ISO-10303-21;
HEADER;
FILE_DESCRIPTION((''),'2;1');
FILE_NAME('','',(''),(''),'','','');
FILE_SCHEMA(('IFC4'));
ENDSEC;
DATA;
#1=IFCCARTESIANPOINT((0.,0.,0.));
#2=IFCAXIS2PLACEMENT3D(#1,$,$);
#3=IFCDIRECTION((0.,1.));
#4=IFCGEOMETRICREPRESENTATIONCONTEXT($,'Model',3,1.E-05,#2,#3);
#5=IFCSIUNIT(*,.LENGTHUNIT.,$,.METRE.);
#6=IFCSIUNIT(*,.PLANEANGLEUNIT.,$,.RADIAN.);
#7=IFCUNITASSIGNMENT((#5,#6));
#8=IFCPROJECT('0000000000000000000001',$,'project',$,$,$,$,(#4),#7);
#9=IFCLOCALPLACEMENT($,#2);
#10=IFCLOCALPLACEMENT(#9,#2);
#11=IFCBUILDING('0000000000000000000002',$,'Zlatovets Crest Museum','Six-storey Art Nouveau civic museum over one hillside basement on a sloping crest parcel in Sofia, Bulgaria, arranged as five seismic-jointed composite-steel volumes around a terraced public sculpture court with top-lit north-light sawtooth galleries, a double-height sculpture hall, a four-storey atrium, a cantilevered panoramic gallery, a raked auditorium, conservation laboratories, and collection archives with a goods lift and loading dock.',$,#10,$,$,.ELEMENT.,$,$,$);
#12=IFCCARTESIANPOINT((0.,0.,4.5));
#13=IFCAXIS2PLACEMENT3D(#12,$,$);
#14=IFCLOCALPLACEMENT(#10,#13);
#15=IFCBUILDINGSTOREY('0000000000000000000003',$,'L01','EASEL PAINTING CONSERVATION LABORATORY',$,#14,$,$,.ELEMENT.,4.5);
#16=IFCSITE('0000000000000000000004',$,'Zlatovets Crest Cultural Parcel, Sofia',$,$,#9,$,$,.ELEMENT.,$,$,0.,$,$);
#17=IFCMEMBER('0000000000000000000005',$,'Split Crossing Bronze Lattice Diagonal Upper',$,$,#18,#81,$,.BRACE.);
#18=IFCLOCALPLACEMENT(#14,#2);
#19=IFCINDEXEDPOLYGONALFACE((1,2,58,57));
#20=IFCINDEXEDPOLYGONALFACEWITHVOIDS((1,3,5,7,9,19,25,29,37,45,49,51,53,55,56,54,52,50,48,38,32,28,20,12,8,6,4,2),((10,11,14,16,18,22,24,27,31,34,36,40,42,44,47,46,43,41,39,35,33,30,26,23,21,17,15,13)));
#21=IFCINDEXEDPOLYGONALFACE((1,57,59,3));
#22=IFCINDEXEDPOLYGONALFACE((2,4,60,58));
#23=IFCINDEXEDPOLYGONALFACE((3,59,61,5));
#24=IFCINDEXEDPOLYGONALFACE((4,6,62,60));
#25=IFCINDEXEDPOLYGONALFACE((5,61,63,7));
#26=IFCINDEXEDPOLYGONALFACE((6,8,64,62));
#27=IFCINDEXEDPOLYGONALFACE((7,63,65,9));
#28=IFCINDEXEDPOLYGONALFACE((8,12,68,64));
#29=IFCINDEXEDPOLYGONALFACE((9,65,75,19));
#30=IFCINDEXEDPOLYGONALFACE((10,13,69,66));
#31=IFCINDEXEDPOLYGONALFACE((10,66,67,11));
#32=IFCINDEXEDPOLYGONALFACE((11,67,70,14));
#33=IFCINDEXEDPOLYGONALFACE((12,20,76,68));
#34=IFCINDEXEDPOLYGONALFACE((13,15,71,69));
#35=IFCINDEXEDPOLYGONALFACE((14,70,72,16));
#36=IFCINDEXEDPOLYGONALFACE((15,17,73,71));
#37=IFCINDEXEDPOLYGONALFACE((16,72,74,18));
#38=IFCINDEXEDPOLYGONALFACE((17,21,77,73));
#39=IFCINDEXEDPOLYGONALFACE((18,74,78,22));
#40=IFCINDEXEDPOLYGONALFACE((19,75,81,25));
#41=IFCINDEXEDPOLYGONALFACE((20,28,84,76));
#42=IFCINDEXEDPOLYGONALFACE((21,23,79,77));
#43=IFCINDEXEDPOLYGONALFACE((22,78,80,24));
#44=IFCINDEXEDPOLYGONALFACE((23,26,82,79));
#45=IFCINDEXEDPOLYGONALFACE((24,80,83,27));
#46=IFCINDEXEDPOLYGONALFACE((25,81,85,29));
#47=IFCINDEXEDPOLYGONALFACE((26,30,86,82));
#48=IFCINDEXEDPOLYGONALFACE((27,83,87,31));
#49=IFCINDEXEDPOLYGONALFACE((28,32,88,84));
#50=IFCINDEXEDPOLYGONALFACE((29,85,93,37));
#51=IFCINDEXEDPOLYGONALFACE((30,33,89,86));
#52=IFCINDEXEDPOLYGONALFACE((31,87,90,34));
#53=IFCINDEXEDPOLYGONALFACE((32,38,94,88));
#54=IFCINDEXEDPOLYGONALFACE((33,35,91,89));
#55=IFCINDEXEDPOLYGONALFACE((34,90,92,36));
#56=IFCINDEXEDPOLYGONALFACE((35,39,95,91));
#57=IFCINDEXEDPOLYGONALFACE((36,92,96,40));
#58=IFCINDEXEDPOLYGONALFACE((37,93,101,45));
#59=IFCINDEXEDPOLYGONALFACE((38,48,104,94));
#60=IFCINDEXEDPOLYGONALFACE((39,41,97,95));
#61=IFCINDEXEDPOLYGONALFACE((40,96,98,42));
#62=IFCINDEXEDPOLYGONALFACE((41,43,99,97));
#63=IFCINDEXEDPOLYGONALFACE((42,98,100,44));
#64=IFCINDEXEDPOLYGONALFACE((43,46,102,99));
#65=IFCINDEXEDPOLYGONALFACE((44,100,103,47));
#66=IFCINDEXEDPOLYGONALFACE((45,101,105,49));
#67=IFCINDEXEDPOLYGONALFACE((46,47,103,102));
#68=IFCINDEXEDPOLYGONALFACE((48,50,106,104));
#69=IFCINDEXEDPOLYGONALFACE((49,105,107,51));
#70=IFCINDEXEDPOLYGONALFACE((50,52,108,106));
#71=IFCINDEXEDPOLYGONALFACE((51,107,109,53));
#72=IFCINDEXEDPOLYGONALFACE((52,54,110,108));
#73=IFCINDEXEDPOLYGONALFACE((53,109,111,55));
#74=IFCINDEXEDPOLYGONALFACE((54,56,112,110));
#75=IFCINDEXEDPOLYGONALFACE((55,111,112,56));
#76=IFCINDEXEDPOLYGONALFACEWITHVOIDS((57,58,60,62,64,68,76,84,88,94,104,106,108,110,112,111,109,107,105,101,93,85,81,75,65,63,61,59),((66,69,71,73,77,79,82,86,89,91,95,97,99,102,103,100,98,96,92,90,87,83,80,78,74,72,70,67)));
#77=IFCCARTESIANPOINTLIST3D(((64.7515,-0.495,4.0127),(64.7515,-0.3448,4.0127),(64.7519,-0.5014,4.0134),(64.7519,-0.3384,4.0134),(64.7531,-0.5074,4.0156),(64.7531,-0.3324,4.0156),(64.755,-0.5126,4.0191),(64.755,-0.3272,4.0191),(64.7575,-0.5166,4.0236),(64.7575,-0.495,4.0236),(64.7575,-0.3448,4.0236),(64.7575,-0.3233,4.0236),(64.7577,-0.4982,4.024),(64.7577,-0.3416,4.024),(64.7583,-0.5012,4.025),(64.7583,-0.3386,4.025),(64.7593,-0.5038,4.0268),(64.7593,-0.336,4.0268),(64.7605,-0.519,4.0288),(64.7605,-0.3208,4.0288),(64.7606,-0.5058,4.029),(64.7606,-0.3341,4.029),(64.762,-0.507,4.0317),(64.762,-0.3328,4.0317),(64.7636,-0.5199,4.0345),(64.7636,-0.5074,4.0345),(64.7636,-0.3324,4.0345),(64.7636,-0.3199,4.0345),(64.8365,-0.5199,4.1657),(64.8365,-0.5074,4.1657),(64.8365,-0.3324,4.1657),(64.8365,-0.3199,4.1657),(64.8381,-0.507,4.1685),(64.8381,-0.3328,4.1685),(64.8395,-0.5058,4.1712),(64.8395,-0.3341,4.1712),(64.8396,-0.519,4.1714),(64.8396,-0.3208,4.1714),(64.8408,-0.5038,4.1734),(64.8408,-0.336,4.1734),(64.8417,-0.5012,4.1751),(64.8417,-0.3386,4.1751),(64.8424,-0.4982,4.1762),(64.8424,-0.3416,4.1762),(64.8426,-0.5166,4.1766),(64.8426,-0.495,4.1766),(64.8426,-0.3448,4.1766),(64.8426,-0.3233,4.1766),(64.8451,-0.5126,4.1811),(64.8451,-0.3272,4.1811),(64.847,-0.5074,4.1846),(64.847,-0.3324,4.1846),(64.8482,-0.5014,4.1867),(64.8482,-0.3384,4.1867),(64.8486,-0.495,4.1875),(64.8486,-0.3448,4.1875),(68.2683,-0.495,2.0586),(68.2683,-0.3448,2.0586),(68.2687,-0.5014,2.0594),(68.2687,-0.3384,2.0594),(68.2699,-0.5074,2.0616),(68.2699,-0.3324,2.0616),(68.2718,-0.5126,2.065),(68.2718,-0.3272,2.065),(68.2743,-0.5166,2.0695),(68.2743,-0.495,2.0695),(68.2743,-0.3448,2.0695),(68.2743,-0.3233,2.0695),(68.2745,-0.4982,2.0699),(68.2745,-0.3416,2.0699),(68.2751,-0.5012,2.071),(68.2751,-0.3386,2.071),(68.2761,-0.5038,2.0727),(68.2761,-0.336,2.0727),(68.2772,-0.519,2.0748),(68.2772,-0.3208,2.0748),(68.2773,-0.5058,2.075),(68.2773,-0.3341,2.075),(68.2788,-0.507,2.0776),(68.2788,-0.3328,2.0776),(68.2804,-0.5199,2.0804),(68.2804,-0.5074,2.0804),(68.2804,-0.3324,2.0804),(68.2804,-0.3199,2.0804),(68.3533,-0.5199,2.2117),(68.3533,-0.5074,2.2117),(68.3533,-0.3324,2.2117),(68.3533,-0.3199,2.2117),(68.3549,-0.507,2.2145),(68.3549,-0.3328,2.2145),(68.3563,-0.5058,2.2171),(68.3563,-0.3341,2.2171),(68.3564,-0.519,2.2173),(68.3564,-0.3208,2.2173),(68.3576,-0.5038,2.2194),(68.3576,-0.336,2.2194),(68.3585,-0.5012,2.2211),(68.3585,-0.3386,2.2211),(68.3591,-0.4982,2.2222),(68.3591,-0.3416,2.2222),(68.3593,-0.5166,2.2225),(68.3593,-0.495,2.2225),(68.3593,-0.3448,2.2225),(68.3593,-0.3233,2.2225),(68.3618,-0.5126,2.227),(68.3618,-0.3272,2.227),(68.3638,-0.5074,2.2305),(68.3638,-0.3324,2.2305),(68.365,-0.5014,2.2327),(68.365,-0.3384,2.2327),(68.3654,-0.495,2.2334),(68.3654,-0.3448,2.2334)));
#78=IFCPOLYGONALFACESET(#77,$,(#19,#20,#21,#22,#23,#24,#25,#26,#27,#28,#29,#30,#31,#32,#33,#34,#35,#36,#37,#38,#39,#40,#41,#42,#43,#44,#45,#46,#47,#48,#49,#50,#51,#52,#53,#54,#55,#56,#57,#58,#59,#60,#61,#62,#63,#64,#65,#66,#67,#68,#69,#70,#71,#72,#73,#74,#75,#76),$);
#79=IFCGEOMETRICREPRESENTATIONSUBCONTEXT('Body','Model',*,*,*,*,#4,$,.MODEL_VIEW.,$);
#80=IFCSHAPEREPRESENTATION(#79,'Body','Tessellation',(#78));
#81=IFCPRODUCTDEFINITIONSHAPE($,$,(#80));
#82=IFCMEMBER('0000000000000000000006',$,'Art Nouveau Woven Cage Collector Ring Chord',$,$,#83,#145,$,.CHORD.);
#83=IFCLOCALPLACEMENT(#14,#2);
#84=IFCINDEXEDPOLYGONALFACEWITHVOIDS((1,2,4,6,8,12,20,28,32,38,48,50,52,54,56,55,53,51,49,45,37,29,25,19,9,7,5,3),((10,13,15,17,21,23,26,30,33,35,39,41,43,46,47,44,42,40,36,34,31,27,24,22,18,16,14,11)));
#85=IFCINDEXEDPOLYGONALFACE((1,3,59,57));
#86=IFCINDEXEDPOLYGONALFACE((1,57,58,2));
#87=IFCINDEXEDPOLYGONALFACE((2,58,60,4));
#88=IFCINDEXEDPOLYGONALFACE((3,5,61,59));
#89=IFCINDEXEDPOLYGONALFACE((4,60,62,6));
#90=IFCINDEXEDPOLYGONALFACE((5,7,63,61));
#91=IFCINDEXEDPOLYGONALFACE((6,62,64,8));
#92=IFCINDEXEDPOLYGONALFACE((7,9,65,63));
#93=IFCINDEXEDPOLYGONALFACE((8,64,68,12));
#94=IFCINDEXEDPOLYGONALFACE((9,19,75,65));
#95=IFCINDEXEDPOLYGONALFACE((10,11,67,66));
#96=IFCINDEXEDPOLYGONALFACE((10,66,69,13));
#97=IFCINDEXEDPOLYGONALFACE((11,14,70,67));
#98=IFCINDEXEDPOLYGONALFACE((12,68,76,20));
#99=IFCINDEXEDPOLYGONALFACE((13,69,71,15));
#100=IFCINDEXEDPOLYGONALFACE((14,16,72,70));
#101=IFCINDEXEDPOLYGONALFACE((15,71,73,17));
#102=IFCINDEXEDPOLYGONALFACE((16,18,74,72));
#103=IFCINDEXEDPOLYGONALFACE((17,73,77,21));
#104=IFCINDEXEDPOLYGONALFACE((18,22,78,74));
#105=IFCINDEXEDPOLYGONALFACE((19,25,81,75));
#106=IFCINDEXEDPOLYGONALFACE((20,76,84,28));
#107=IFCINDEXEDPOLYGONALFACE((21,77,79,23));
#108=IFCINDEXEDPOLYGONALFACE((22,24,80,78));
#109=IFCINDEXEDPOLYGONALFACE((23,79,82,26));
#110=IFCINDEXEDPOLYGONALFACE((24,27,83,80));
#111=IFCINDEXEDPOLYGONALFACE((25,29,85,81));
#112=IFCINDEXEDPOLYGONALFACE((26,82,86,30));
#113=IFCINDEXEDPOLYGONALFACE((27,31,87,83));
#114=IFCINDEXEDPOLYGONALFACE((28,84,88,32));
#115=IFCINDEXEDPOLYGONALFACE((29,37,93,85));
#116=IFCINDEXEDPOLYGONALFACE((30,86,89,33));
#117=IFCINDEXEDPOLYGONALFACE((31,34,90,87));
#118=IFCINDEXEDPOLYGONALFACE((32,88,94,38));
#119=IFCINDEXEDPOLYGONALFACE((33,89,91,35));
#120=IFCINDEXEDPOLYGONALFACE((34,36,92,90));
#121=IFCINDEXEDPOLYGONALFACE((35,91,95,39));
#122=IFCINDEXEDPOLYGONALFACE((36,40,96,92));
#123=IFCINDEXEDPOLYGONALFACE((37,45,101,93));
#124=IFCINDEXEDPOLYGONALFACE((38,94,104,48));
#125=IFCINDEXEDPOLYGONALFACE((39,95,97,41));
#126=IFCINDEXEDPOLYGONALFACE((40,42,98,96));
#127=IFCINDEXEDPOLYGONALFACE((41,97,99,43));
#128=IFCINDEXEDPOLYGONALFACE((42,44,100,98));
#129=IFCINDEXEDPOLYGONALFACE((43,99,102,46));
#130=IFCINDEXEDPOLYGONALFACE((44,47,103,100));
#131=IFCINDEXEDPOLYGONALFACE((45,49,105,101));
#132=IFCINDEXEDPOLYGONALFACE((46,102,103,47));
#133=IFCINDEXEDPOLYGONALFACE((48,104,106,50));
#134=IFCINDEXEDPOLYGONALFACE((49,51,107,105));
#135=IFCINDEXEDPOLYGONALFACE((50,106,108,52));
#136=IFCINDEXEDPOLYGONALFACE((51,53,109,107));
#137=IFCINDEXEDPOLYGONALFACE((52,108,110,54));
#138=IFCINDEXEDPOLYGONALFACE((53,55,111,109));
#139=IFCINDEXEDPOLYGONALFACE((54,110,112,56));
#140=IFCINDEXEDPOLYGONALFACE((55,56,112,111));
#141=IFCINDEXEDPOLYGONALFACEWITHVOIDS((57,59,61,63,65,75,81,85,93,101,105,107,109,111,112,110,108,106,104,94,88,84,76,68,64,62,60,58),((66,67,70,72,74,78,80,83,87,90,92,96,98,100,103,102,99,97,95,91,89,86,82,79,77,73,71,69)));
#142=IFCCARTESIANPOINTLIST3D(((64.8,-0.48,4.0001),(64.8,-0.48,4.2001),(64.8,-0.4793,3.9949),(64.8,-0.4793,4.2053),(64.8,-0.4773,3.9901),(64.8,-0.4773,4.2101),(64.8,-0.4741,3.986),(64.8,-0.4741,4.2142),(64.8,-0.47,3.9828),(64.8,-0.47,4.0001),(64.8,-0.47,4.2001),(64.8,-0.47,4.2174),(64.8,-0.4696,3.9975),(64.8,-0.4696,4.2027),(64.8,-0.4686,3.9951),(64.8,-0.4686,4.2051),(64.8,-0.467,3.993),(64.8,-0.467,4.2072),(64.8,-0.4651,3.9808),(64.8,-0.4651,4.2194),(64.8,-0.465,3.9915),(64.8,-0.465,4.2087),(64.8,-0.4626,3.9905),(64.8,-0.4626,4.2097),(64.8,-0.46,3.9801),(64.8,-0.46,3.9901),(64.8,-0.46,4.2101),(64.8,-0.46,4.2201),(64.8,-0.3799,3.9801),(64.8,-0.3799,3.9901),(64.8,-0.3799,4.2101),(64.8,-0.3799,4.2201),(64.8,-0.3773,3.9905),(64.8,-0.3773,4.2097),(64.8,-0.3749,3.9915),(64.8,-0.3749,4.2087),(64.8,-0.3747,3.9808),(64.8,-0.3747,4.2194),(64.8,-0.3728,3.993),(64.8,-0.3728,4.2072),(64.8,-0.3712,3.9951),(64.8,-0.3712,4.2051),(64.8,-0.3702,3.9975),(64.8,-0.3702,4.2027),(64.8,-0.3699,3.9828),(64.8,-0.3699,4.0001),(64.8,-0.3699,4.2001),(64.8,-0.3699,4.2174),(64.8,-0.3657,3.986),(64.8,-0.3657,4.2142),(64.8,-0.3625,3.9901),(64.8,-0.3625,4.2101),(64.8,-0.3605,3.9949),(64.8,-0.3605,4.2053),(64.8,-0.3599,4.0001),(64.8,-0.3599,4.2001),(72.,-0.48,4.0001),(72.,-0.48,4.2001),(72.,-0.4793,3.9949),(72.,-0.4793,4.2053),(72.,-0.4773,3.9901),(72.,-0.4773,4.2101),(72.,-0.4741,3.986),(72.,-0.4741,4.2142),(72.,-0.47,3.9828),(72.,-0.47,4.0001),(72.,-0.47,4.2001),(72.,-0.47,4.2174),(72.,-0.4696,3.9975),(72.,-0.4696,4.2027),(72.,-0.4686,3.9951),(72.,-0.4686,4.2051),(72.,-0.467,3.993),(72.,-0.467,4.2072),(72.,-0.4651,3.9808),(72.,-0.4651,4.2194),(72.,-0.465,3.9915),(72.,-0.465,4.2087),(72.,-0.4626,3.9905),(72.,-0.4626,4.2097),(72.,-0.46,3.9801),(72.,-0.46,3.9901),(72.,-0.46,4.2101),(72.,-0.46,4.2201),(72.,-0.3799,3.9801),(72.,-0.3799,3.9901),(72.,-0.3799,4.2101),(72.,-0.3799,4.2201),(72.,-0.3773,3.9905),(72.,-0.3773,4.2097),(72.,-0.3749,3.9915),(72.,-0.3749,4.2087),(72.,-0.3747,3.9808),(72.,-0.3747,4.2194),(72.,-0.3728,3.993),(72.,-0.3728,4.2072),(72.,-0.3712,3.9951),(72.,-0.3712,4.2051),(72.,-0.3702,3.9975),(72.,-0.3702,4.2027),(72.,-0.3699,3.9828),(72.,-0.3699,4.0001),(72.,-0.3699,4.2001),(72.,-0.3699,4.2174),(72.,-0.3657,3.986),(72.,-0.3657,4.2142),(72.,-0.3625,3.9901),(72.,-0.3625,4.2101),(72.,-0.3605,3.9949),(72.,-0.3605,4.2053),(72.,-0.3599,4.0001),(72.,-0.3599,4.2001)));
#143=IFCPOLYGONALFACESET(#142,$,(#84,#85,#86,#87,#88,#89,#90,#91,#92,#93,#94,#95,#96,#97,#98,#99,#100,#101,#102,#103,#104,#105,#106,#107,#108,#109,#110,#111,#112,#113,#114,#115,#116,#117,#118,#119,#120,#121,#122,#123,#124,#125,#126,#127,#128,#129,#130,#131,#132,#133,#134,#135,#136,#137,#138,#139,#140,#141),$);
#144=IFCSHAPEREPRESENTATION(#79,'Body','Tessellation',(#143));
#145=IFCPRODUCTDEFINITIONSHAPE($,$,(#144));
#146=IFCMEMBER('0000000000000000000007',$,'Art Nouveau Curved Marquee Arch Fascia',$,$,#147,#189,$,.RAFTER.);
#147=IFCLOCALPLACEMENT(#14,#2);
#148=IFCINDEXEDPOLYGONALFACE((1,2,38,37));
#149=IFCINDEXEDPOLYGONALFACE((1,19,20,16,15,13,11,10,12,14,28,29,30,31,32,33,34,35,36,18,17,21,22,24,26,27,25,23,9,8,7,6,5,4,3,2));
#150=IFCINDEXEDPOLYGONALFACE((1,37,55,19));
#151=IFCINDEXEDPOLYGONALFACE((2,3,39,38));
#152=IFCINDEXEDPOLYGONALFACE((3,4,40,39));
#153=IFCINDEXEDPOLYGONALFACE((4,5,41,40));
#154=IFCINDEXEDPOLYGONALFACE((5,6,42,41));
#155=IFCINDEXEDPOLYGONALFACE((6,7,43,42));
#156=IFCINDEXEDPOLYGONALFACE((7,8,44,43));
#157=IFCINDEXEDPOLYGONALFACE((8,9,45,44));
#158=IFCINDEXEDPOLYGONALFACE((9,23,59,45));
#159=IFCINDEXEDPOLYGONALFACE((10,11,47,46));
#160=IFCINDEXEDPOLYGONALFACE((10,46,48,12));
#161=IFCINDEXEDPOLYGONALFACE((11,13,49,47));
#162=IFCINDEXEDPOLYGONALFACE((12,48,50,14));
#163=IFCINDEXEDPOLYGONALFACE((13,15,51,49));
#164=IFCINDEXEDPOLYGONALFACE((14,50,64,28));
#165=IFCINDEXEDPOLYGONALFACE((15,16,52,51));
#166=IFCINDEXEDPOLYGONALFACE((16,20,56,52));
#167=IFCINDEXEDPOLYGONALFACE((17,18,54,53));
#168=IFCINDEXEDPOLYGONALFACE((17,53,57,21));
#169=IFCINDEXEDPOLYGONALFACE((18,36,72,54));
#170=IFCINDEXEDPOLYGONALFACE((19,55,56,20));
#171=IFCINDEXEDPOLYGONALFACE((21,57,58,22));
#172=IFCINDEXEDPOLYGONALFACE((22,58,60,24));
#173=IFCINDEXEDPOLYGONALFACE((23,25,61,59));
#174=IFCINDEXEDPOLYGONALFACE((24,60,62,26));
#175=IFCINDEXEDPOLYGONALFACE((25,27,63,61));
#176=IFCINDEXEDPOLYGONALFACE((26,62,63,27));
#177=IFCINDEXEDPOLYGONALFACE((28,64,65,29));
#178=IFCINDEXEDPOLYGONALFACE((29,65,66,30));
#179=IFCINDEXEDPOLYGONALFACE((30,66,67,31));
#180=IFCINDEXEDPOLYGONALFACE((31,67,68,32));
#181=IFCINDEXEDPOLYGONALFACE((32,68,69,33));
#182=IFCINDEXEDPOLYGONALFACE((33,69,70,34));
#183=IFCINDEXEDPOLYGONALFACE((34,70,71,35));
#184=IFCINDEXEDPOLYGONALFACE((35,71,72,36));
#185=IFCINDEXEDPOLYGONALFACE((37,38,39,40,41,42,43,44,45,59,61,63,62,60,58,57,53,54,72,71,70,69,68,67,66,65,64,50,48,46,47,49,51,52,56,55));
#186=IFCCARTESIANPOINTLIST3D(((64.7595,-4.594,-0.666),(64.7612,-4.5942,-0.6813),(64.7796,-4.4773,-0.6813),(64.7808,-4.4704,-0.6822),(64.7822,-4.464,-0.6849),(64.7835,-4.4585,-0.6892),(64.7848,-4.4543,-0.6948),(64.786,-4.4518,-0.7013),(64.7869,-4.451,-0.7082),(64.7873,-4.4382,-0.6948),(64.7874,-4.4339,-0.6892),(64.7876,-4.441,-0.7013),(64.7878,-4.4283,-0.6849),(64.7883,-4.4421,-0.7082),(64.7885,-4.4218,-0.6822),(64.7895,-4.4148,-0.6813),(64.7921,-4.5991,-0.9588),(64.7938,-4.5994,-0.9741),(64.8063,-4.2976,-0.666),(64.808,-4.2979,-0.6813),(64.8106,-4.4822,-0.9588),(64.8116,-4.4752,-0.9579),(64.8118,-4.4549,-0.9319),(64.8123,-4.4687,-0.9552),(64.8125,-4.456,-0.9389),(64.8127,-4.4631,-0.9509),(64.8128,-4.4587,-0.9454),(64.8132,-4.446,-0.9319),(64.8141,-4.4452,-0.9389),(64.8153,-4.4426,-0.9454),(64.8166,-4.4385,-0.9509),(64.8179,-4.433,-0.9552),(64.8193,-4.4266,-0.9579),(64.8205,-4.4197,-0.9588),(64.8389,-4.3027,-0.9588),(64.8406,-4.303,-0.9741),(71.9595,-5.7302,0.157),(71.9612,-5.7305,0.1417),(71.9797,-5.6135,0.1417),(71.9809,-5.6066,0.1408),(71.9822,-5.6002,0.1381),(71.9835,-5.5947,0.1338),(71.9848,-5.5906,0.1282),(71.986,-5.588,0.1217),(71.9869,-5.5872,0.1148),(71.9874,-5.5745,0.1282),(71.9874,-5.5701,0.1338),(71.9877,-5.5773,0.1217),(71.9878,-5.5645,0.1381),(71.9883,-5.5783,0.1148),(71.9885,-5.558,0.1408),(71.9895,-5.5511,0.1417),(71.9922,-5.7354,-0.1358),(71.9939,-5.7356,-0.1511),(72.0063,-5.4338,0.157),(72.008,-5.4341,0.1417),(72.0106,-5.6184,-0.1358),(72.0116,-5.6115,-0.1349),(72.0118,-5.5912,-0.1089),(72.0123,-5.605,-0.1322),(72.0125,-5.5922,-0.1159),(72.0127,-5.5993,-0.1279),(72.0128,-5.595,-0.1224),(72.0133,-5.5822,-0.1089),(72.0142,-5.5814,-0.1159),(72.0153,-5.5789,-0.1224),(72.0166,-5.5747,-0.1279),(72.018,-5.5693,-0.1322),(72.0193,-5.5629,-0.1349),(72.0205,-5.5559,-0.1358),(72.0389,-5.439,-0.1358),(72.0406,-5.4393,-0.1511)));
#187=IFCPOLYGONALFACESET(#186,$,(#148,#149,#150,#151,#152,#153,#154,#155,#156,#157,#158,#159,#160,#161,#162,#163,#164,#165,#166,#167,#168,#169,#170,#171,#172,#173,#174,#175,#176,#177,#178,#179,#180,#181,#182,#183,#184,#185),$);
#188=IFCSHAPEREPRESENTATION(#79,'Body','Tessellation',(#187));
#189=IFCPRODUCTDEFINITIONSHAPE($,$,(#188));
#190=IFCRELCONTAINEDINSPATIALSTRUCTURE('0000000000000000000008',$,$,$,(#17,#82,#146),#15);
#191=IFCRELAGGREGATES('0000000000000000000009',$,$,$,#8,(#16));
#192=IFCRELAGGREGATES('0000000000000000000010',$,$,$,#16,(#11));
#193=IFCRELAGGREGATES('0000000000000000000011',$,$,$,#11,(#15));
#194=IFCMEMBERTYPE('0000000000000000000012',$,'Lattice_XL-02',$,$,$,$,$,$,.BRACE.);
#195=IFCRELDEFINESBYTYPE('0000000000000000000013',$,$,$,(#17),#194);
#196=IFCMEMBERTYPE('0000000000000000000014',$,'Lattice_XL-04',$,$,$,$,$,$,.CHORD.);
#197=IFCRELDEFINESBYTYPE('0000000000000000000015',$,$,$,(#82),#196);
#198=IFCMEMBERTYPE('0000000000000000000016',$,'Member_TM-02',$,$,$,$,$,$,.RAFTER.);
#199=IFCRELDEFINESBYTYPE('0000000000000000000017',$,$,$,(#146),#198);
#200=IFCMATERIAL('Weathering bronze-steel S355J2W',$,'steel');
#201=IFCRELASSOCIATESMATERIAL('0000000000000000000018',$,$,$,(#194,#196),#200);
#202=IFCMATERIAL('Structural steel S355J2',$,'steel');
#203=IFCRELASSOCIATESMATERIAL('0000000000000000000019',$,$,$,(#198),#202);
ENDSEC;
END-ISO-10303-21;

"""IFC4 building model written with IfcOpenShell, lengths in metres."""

from ifc_helpers import new_model, si_unit, direction, frame, origin, origin_2d, place, context, subcontext, project, spatial, hollow_rectangle, i_section, extrude, material, material_profile, profile_set, type_object, element, save


model = new_model("IFC4")

# Units and contexts
model_context = context("Model", 3, precision=1e-05, world=origin(), true_north=direction((0.0, 1.0)))
body_context = subcontext(model_context, "Body", "Model", "MODEL_VIEW")
ifc_project = project(units=[si_unit("LENGTHUNIT", "METRE"), si_unit("PLANEANGLEUNIT", "RADIAN")], contexts=[model_context])

# Site, building, storey
site_placement = place(None, origin())
site = spatial("IfcSite", under=ifc_project, at=site_placement, Name="Zlatovets Crest Cultural Parcel, Sofia", CompositionType="ELEMENT", RefElevation=0.0)
building_placement = place(site_placement, origin())
building = spatial("IfcBuilding", under=site, at=building_placement, Name="Zlatovets Crest Museum", Description="Six-storey Art Nouveau civic museum over one hillside basement on a sloping crest parcel in Sofia, Bulgaria, arranged as five seismic-jointed composite-steel volumes around a terraced public sculpture court with top-lit north-light sawtooth galleries, a double-height sculpture hall, a four-storey atrium, a cantilevered panoramic gallery, a raked auditorium, conservation laboratories, and collection archives with a goods lift and loading dock.", CompositionType="ELEMENT")
storey_placement = place(building_placement, frame((0.0, 0.0, 4.5)))
storey = spatial("IfcBuildingStorey", under=building, at=storey_placement, Name="L01", Description="EASEL PAINTING CONSERVATION LABORATORY", CompositionType="ELEMENT", Elevation=4.5)

# Members
ifc_material_1 = material(Name="Weathering bronze-steel S355J2W", Category="steel")
ifc_material_profile_1 = material_profile(ifc_material_1, hollow_rectangle(XDim=0.2, YDim=0.2, WallThickness=0.0125, InnerFilletRadius=0.0125, OuterFilletRadius=0.0249, at=origin_2d()), Name="SHS 200x200x12.5")
ifc_profile_set_1 = profile_set([ifc_material_profile_1], Name="Weathering bronze-steel S355J2W")
member_type_1 = type_object("IfcMemberType", Name="Lattice_XL-02", PredefinedType="BRACE", material=ifc_profile_set_1)
member_1_placement = place(storey_placement, frame((64.8, -0.4199, 4.1001), z_axis=(0.874126, 0.0, -0.4857), x_axis=(0.0, 1.0, 0.0)))
element("IfcMember", 1, at=member_1_placement, inside=storey, type_object=member_type_1, Name="Split Crossing Bronze Lattice Diagonal Upper", PredefinedType="BRACE", context=body_context, shape_type="SweptSolid", body=[
    extrude(hollow_rectangle(XDim=0.2, YDim=0.2, WallThickness=0.0125, InnerFilletRadius=0.0125, OuterFilletRadius=0.0249, at=origin_2d()), origin(), (0.0, 0.0, 1.0), 4.0232),
])
ifc_material_profile_2 = material_profile(ifc_material_1, hollow_rectangle(XDim=0.1201, YDim=0.24, WallThickness=0.01, InnerFilletRadius=0.01, OuterFilletRadius=0.02, at=origin_2d()), Name="RHS 120x240x10.0")
ifc_profile_set_2 = profile_set([ifc_material_profile_2], Name="Weathering bronze-steel S355J2W")
member_type_2 = type_object("IfcMemberType", Name="Lattice_XL-04", PredefinedType="CHORD", material=ifc_profile_set_2)
member_2_placement = place(storey_placement, frame((64.8, -0.4199, 4.1001), z_axis=(1.0, 0.0, 0.0), x_axis=(0.0, 1.0, 0.0)))
element("IfcMember", 2, at=member_2_placement, inside=storey, type_object=member_type_2, Name="Art Nouveau Woven Cage Collector Ring Chord", PredefinedType="CHORD", context=body_context, shape_type="SweptSolid", body=[
    extrude(hollow_rectangle(XDim=0.1201, YDim=0.24, WallThickness=0.01, InnerFilletRadius=0.01, OuterFilletRadius=0.02, at=origin_2d()), origin(), (0.0, 0.0, 1.0), 7.2),
])
ifc_material_2 = material(Name="Structural steel S355J2", Category="steel")
ifc_material_profile_3 = material_profile(ifc_material_2, i_section(OverallWidth=0.3, OverallDepth=0.3101, WebThickness=0.009, FlangeThickness=0.0154, FilletRadius=0.0271, at=origin_2d()), Name="HEA 320")
ifc_profile_set_3 = profile_set([ifc_material_profile_3], Name="Structural steel S355J2")
member_type_3 = type_object("IfcMemberType", Name="Member_TM-02", PredefinedType="RAFTER", material=ifc_profile_set_3)
member_3_placement = place(storey_placement, frame((64.8, -4.4485, -0.8201), z_axis=(0.981539, -0.154898, 0.112196), x_axis=(0.155882, 0.987776, 0.0)))
element("IfcMember", 3, at=member_3_placement, inside=storey, type_object=member_type_3, Name="Art Nouveau Curved Marquee Arch Fascia", PredefinedType="RAFTER", context=body_context, shape_type="SweptSolid", body=[
    extrude(i_section(OverallWidth=0.3, OverallDepth=0.3101, WebThickness=0.009, FlangeThickness=0.0154, FilletRadius=0.0271, at=origin_2d()), origin(), (0.0, 0.0, 1.0), 7.3354),
])

save(model, "model.ifc")
